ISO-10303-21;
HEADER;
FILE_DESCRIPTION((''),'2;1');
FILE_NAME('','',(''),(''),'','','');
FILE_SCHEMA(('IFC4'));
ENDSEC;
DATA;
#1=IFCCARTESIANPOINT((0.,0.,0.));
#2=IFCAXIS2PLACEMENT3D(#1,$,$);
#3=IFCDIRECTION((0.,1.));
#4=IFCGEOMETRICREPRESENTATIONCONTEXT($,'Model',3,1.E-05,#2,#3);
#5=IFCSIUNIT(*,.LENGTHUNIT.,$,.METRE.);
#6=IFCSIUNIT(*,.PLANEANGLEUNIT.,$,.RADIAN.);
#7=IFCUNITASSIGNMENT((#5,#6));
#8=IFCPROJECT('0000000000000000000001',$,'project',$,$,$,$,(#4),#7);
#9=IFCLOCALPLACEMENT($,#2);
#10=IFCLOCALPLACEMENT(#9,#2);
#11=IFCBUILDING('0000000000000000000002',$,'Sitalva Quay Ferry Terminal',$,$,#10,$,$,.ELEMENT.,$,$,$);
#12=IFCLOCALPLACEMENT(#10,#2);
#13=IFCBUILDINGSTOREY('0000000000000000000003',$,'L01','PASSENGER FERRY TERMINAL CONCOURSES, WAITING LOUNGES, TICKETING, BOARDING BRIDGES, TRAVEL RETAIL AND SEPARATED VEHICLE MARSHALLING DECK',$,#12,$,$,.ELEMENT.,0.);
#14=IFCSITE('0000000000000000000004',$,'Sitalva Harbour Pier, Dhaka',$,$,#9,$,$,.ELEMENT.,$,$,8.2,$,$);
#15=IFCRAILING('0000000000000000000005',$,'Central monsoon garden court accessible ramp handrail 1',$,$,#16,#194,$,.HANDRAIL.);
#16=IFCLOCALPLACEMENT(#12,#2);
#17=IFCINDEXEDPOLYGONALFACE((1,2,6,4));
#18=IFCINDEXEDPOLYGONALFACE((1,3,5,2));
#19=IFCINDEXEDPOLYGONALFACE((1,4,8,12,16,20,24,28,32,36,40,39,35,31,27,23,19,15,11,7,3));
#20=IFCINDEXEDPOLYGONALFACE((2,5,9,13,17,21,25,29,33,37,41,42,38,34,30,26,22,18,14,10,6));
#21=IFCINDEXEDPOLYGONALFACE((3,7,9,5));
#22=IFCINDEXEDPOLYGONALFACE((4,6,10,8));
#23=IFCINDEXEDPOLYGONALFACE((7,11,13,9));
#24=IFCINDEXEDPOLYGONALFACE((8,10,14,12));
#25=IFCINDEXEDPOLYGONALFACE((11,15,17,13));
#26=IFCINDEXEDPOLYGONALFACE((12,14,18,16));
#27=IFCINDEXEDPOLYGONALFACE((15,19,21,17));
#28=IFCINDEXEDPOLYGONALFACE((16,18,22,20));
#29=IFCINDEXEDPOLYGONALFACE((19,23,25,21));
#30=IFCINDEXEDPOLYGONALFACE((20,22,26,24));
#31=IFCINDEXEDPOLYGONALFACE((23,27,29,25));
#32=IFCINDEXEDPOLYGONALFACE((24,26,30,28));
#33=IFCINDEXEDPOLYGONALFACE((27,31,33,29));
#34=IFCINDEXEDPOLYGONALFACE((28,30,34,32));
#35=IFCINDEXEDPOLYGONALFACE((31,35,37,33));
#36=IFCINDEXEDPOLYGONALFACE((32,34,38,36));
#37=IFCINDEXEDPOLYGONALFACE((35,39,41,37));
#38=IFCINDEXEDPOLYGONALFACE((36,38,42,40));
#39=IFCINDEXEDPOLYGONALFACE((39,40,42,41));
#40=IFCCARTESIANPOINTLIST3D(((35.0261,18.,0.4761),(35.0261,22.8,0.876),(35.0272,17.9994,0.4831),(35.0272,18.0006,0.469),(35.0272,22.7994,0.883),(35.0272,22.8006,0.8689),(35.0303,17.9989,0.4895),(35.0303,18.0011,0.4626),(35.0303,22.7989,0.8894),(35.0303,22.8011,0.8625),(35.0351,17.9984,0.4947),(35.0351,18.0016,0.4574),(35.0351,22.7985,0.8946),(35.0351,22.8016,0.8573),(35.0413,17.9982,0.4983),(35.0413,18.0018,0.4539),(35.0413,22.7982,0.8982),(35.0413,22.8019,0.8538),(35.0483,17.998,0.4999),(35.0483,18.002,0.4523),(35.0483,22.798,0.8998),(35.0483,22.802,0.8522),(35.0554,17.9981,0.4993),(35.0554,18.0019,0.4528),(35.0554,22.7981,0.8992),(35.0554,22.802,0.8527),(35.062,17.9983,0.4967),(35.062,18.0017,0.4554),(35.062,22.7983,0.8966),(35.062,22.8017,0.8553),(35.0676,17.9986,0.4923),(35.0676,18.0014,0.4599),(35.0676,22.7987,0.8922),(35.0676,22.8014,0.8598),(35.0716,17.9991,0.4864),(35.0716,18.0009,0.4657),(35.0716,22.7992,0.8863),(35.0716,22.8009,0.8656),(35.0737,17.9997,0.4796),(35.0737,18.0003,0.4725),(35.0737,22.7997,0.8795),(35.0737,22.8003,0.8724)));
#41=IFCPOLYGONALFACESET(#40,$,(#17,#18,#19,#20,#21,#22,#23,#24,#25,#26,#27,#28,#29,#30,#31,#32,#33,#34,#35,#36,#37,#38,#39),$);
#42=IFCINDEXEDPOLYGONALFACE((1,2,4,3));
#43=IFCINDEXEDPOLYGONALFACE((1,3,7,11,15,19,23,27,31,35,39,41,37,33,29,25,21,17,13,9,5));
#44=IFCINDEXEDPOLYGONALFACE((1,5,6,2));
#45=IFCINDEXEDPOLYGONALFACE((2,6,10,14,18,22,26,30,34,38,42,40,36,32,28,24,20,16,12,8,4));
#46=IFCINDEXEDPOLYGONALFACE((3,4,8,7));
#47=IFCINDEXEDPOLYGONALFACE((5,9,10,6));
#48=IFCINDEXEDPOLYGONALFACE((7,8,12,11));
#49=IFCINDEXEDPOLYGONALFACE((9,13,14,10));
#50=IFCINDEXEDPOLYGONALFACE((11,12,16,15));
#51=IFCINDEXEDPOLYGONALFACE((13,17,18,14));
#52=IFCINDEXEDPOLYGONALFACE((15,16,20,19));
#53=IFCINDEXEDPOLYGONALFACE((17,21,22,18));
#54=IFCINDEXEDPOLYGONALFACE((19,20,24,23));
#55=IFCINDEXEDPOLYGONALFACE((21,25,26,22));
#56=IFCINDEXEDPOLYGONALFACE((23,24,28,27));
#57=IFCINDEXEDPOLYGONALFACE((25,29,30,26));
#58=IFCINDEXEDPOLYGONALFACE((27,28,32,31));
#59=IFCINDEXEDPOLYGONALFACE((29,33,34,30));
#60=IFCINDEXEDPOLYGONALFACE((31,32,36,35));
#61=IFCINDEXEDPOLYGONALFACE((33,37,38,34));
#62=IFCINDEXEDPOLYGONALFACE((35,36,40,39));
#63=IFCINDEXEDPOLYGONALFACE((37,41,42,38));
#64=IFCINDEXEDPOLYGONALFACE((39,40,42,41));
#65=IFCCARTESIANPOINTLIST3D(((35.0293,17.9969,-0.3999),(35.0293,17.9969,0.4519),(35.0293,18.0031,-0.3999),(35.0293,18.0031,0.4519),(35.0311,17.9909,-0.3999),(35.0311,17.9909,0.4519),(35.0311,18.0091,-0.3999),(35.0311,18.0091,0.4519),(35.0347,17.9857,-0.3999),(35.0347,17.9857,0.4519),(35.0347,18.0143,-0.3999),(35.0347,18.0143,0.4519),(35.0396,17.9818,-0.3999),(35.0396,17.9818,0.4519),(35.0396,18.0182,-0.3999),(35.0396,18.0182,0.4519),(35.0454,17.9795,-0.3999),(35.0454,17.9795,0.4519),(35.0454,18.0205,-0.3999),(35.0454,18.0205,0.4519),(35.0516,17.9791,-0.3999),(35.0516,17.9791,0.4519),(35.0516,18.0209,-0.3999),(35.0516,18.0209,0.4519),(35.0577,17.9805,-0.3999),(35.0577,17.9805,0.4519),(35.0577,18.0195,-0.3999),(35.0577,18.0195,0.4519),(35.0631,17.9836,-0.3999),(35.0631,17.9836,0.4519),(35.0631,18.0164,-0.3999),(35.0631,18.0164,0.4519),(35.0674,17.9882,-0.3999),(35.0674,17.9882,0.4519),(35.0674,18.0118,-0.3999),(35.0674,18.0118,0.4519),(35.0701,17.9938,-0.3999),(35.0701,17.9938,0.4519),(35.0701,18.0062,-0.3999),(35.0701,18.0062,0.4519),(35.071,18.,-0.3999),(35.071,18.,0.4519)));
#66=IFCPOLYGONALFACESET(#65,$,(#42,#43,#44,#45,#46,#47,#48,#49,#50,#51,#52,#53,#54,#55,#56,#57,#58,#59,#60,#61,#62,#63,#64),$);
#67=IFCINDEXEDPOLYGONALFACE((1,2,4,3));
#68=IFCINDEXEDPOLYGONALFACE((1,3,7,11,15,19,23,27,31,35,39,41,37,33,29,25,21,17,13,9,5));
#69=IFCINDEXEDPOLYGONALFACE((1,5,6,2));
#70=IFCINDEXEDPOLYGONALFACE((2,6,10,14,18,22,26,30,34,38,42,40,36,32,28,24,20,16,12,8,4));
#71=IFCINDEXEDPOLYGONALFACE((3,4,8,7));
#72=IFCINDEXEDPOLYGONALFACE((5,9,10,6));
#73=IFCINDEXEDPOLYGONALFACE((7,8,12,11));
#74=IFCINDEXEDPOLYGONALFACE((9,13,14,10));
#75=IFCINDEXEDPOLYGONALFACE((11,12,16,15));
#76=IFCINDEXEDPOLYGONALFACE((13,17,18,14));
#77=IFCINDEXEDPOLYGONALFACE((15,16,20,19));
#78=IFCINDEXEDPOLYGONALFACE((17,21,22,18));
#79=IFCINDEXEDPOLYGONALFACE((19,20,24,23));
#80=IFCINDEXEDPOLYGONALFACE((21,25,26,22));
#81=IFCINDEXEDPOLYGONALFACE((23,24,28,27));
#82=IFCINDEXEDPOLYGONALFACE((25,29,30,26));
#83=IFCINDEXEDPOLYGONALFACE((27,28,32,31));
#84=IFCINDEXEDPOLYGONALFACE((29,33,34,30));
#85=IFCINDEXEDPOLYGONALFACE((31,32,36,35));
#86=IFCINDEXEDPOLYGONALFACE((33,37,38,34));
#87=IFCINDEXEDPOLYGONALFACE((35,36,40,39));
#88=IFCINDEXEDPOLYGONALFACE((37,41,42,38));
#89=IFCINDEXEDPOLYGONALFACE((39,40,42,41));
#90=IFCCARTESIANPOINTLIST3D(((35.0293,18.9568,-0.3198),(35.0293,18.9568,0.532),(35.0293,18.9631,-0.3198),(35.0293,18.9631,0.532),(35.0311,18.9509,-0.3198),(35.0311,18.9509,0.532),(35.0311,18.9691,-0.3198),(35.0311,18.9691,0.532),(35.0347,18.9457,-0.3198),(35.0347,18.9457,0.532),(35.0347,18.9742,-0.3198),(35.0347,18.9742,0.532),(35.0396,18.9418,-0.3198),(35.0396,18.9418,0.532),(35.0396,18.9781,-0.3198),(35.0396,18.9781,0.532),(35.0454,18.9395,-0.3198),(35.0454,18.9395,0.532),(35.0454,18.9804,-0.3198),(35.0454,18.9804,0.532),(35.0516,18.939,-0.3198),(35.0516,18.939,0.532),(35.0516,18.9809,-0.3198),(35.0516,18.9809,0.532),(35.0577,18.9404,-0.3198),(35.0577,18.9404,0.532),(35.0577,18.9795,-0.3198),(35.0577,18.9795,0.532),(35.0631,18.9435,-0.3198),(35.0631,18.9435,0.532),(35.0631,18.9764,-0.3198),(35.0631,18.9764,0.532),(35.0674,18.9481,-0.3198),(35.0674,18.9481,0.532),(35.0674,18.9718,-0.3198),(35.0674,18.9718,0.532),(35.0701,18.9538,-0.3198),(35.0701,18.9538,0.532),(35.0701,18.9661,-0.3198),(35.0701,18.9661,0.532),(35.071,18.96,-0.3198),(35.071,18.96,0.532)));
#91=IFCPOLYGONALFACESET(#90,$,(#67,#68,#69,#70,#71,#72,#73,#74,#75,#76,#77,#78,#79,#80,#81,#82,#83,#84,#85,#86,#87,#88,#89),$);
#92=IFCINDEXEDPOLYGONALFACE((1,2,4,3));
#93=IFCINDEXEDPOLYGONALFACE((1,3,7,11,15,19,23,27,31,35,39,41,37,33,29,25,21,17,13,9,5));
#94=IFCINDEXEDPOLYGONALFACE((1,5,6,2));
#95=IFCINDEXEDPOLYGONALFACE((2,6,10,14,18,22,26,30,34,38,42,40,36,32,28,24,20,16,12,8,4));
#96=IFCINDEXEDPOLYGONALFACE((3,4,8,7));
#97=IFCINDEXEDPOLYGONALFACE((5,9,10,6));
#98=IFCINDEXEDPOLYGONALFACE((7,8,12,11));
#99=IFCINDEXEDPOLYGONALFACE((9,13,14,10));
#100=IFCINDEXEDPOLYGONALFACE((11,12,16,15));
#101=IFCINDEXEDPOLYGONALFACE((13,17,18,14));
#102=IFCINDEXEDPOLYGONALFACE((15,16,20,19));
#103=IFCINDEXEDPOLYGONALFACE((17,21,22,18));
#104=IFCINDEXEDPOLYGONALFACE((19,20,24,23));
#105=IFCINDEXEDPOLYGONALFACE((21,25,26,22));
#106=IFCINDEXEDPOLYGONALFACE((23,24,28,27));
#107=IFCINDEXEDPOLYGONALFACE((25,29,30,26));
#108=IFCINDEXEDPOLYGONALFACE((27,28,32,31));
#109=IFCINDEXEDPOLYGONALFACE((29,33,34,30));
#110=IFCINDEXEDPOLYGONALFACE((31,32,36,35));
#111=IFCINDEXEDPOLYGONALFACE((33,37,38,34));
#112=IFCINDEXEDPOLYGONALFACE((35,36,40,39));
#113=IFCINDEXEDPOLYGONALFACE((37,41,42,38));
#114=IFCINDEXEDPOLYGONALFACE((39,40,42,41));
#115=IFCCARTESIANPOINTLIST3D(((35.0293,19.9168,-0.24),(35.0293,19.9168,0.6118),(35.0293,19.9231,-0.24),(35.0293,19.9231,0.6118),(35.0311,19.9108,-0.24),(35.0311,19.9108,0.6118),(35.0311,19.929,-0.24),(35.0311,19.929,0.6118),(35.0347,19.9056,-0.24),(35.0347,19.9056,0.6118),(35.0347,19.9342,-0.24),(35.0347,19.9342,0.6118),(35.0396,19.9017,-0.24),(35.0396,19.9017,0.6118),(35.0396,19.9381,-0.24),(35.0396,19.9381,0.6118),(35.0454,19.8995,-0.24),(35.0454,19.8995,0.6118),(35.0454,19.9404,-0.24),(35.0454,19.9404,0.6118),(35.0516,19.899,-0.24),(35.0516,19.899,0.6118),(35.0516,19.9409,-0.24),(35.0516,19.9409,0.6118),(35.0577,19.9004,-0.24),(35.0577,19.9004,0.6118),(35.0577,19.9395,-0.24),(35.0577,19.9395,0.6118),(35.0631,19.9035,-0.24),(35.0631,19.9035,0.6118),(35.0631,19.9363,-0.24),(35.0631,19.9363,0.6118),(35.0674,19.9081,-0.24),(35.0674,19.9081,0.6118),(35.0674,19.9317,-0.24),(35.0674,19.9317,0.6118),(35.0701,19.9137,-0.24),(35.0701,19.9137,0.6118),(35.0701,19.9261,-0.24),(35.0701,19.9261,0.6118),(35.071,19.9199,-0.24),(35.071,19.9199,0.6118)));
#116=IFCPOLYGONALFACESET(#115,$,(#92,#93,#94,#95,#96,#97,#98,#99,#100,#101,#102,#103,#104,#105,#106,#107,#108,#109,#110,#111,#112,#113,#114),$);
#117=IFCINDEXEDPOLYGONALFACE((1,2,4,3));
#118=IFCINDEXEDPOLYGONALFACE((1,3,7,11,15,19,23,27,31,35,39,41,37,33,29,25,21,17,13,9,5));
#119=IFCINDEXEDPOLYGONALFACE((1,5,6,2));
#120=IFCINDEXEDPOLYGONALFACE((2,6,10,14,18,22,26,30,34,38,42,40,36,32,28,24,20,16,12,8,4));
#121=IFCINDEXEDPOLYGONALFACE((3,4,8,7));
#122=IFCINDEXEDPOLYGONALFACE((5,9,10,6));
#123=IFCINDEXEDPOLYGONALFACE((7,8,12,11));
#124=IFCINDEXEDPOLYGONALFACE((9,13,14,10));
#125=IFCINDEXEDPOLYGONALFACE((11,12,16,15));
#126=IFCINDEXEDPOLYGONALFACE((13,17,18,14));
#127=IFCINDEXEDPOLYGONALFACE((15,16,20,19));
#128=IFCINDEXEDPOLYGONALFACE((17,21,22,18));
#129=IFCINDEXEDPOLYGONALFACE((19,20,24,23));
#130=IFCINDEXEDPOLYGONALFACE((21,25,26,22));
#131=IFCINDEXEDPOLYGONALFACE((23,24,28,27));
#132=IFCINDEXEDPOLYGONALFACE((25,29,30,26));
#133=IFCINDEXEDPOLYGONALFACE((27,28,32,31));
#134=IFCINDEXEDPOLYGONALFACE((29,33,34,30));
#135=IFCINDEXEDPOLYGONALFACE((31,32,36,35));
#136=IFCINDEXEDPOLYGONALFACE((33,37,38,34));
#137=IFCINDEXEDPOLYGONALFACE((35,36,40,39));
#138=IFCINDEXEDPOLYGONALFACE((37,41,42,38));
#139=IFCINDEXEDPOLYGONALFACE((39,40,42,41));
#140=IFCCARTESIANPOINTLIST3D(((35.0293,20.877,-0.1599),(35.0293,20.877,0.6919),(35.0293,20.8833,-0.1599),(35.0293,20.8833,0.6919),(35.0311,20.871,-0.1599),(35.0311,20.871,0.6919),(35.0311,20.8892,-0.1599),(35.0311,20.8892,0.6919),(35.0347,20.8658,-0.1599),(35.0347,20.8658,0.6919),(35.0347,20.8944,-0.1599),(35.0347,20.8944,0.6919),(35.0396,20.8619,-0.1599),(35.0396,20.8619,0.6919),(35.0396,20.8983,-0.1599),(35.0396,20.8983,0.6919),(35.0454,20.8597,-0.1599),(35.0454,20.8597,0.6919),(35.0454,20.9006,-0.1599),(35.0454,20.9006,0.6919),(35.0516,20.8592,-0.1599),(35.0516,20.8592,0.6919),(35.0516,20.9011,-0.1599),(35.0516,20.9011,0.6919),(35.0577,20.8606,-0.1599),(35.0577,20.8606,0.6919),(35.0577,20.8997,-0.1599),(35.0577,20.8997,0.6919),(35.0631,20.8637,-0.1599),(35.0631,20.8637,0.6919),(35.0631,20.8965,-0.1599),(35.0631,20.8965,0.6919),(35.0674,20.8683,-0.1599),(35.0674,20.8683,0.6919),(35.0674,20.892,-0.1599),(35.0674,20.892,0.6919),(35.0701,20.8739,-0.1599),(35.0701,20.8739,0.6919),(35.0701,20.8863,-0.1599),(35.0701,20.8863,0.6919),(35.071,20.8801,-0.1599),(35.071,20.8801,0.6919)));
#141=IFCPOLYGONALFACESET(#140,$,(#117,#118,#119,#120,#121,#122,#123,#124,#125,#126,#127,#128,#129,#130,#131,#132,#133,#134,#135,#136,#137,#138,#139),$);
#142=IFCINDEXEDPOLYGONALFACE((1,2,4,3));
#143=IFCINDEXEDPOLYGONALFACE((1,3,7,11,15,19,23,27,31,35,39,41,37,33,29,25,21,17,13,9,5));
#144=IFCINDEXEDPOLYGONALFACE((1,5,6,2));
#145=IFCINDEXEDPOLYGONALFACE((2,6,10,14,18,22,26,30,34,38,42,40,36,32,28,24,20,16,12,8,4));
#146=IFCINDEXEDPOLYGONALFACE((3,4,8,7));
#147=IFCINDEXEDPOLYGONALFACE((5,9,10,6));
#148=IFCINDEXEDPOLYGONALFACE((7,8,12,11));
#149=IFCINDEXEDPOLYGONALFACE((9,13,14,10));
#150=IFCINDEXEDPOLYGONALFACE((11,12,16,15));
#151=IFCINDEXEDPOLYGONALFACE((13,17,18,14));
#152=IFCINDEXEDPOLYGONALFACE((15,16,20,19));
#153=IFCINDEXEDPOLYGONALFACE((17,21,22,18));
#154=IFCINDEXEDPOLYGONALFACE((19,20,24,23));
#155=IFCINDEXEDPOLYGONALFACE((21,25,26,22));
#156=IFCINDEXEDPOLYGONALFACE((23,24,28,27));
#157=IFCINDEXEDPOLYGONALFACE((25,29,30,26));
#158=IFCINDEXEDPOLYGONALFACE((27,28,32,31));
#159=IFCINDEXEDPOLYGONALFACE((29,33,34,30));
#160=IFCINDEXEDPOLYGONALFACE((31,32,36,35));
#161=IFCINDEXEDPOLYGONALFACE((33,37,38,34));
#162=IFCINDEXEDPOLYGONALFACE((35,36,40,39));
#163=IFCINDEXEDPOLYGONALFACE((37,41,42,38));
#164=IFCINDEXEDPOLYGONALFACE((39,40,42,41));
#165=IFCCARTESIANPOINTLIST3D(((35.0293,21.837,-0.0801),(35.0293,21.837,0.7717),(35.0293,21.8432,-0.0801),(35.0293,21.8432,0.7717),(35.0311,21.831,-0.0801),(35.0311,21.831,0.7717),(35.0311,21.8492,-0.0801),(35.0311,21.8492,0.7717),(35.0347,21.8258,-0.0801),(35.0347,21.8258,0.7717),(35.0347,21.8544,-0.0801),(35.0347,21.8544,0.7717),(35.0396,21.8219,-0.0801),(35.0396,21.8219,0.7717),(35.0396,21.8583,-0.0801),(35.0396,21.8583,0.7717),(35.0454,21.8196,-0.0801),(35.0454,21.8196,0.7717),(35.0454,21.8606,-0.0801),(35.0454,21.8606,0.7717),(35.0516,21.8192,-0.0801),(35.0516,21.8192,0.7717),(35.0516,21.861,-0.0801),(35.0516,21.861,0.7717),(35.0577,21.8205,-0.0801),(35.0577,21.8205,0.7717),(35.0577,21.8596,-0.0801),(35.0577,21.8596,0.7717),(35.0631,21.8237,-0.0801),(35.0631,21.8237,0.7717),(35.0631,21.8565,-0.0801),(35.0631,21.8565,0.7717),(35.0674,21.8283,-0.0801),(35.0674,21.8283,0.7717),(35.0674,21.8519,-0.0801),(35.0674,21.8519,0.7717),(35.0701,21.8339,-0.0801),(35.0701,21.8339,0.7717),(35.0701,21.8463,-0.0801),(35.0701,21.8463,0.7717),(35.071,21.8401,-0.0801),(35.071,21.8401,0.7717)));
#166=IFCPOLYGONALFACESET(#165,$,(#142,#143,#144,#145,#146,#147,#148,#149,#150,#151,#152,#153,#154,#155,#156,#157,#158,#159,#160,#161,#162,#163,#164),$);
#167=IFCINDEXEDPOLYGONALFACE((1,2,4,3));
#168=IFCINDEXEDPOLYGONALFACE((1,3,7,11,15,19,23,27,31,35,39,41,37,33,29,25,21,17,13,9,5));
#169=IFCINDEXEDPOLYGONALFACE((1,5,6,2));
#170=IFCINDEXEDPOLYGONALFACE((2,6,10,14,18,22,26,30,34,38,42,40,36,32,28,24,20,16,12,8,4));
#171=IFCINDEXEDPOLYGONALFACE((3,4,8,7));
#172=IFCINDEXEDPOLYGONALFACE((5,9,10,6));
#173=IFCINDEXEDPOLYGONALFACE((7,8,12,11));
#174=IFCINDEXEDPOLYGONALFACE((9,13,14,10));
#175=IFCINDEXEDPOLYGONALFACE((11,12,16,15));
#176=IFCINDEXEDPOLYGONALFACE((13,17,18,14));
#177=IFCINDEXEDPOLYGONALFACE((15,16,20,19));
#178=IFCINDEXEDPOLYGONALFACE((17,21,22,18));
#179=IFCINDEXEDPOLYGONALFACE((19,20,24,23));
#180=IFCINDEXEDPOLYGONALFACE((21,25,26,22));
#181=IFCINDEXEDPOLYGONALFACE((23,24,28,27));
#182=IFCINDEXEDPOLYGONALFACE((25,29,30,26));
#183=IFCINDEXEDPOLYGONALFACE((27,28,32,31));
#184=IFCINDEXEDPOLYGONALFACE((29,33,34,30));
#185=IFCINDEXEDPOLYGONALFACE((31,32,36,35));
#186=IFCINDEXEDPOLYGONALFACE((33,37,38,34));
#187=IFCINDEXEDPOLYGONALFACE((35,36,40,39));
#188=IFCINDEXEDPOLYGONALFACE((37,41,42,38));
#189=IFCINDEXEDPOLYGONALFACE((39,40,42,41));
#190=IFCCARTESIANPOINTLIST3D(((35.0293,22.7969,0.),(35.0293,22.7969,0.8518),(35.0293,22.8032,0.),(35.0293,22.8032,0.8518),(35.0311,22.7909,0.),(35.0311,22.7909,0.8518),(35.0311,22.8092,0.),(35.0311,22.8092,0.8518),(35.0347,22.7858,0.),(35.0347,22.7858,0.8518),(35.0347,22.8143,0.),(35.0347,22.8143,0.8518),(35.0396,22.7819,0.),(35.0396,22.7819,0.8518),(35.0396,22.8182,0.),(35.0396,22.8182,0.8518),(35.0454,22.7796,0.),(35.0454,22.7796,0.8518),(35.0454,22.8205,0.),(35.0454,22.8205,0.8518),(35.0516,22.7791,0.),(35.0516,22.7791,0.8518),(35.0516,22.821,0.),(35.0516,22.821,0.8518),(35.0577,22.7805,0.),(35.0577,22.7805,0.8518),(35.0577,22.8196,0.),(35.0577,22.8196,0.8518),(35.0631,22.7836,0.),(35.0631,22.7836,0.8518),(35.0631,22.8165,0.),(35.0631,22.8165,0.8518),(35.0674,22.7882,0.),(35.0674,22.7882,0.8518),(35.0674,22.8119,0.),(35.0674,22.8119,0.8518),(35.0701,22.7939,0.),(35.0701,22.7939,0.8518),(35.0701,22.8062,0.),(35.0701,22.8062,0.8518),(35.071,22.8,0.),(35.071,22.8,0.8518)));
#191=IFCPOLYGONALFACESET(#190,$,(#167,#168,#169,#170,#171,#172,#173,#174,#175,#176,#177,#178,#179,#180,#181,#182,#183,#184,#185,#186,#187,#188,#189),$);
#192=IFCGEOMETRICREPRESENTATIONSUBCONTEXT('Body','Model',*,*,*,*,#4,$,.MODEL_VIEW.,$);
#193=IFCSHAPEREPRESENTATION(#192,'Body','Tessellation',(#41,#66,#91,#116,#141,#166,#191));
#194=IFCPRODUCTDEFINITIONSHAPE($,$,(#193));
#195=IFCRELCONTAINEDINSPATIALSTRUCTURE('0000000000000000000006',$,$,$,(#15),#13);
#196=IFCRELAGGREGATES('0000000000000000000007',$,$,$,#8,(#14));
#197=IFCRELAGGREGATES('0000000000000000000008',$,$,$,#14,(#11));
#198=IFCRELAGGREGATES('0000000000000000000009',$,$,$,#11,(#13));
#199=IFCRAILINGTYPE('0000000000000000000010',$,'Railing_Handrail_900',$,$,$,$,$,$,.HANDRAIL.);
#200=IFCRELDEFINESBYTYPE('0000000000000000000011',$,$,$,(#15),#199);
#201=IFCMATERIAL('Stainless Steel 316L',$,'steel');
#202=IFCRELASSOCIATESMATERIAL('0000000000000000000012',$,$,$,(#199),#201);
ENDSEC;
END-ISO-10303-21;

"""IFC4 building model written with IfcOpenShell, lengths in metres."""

from ifc_helpers import new_model, si_unit, direction, frame, origin, origin_2d, place, context, subcontext, project, spatial, circle, extrude, material, type_object, element, save


model = new_model("IFC4")

# Units and contexts
model_context = context("Model", 3, precision=1e-05, world=origin(), true_north=direction((0.0, 1.0)))
body_context = subcontext(model_context, "Body", "Model", "MODEL_VIEW")
ifc_project = project(units=[si_unit("LENGTHUNIT", "METRE"), si_unit("PLANEANGLEUNIT", "RADIAN")], contexts=[model_context])

# Site, building, storey
site_placement = place(None, origin())
site = spatial("IfcSite", under=ifc_project, at=site_placement, Name="Sitalva Harbour Pier, Dhaka", CompositionType="ELEMENT", RefElevation=8.2)
building_placement = place(site_placement, origin())
building = spatial("IfcBuilding", under=site, at=building_placement, Name="Sitalva Quay Ferry Terminal", CompositionType="ELEMENT")
storey_placement = place(building_placement, origin())
storey = spatial("IfcBuildingStorey", under=building, at=storey_placement, Name="L01", Description="PASSENGER FERRY TERMINAL CONCOURSES, WAITING LOUNGES, TICKETING, BOARDING BRIDGES, TRAVEL RETAIL AND SEPARATED VEHICLE MARSHALLING DECK", CompositionType="ELEMENT", Elevation=0.0)

# Railing
ifc_material_1 = material(Name="Stainless Steel 316L", Category="steel")
railing_type = type_object("IfcRailingType", Name="Railing_Handrail_900", PredefinedType="HANDRAIL", material=ifc_material_1)
for number, where, name in (
    (1, (35.05, 18.0, -0.3999), "Central monsoon garden court accessible ramp handrail 1"),
):
    element("IfcRailing", number, at=place(storey_placement, frame(where)), inside=storey, type_object=railing_type, Name=name, PredefinedType="HANDRAIL", context=body_context, shape_type="SweptSolid", body=[
        extrude(circle(Radius=0.0239, at=origin_2d()), frame((0.0, 0.0, 0.876), z_axis=(0.0, 0.996548, 0.083025), x_axis=(-1.0, 0.0, 0.0)), (0.0, 0.0, 1.0), 4.8167),
        extrude(circle(Radius=0.021, at=origin_2d()), origin(), (0.0, 0.0, 1.0), 0.8518),
        extrude(circle(Radius=0.021, at=origin_2d()), frame((0.0, 0.96, 0.0801)), (0.0, 0.0, 1.0), 0.8518),
        extrude(circle(Radius=0.021, at=origin_2d()), frame((0.0, 1.9199, 0.1599)), (0.0, 0.0, 1.0), 0.8518),
        extrude(circle(Radius=0.021, at=origin_2d()), frame((0.0, 2.8801, 0.24)), (0.0, 0.0, 1.0), 0.8518),
        extrude(circle(Radius=0.021, at=origin_2d()), frame((0.0, 3.8401, 0.3198)), (0.0, 0.0, 1.0), 0.8518),
        extrude(circle(Radius=0.021, at=origin_2d()), frame((0.0, 4.8, 0.3999)), (0.0, 0.0, 1.0), 0.8518),
    ])

save(model, "model.ifc")
